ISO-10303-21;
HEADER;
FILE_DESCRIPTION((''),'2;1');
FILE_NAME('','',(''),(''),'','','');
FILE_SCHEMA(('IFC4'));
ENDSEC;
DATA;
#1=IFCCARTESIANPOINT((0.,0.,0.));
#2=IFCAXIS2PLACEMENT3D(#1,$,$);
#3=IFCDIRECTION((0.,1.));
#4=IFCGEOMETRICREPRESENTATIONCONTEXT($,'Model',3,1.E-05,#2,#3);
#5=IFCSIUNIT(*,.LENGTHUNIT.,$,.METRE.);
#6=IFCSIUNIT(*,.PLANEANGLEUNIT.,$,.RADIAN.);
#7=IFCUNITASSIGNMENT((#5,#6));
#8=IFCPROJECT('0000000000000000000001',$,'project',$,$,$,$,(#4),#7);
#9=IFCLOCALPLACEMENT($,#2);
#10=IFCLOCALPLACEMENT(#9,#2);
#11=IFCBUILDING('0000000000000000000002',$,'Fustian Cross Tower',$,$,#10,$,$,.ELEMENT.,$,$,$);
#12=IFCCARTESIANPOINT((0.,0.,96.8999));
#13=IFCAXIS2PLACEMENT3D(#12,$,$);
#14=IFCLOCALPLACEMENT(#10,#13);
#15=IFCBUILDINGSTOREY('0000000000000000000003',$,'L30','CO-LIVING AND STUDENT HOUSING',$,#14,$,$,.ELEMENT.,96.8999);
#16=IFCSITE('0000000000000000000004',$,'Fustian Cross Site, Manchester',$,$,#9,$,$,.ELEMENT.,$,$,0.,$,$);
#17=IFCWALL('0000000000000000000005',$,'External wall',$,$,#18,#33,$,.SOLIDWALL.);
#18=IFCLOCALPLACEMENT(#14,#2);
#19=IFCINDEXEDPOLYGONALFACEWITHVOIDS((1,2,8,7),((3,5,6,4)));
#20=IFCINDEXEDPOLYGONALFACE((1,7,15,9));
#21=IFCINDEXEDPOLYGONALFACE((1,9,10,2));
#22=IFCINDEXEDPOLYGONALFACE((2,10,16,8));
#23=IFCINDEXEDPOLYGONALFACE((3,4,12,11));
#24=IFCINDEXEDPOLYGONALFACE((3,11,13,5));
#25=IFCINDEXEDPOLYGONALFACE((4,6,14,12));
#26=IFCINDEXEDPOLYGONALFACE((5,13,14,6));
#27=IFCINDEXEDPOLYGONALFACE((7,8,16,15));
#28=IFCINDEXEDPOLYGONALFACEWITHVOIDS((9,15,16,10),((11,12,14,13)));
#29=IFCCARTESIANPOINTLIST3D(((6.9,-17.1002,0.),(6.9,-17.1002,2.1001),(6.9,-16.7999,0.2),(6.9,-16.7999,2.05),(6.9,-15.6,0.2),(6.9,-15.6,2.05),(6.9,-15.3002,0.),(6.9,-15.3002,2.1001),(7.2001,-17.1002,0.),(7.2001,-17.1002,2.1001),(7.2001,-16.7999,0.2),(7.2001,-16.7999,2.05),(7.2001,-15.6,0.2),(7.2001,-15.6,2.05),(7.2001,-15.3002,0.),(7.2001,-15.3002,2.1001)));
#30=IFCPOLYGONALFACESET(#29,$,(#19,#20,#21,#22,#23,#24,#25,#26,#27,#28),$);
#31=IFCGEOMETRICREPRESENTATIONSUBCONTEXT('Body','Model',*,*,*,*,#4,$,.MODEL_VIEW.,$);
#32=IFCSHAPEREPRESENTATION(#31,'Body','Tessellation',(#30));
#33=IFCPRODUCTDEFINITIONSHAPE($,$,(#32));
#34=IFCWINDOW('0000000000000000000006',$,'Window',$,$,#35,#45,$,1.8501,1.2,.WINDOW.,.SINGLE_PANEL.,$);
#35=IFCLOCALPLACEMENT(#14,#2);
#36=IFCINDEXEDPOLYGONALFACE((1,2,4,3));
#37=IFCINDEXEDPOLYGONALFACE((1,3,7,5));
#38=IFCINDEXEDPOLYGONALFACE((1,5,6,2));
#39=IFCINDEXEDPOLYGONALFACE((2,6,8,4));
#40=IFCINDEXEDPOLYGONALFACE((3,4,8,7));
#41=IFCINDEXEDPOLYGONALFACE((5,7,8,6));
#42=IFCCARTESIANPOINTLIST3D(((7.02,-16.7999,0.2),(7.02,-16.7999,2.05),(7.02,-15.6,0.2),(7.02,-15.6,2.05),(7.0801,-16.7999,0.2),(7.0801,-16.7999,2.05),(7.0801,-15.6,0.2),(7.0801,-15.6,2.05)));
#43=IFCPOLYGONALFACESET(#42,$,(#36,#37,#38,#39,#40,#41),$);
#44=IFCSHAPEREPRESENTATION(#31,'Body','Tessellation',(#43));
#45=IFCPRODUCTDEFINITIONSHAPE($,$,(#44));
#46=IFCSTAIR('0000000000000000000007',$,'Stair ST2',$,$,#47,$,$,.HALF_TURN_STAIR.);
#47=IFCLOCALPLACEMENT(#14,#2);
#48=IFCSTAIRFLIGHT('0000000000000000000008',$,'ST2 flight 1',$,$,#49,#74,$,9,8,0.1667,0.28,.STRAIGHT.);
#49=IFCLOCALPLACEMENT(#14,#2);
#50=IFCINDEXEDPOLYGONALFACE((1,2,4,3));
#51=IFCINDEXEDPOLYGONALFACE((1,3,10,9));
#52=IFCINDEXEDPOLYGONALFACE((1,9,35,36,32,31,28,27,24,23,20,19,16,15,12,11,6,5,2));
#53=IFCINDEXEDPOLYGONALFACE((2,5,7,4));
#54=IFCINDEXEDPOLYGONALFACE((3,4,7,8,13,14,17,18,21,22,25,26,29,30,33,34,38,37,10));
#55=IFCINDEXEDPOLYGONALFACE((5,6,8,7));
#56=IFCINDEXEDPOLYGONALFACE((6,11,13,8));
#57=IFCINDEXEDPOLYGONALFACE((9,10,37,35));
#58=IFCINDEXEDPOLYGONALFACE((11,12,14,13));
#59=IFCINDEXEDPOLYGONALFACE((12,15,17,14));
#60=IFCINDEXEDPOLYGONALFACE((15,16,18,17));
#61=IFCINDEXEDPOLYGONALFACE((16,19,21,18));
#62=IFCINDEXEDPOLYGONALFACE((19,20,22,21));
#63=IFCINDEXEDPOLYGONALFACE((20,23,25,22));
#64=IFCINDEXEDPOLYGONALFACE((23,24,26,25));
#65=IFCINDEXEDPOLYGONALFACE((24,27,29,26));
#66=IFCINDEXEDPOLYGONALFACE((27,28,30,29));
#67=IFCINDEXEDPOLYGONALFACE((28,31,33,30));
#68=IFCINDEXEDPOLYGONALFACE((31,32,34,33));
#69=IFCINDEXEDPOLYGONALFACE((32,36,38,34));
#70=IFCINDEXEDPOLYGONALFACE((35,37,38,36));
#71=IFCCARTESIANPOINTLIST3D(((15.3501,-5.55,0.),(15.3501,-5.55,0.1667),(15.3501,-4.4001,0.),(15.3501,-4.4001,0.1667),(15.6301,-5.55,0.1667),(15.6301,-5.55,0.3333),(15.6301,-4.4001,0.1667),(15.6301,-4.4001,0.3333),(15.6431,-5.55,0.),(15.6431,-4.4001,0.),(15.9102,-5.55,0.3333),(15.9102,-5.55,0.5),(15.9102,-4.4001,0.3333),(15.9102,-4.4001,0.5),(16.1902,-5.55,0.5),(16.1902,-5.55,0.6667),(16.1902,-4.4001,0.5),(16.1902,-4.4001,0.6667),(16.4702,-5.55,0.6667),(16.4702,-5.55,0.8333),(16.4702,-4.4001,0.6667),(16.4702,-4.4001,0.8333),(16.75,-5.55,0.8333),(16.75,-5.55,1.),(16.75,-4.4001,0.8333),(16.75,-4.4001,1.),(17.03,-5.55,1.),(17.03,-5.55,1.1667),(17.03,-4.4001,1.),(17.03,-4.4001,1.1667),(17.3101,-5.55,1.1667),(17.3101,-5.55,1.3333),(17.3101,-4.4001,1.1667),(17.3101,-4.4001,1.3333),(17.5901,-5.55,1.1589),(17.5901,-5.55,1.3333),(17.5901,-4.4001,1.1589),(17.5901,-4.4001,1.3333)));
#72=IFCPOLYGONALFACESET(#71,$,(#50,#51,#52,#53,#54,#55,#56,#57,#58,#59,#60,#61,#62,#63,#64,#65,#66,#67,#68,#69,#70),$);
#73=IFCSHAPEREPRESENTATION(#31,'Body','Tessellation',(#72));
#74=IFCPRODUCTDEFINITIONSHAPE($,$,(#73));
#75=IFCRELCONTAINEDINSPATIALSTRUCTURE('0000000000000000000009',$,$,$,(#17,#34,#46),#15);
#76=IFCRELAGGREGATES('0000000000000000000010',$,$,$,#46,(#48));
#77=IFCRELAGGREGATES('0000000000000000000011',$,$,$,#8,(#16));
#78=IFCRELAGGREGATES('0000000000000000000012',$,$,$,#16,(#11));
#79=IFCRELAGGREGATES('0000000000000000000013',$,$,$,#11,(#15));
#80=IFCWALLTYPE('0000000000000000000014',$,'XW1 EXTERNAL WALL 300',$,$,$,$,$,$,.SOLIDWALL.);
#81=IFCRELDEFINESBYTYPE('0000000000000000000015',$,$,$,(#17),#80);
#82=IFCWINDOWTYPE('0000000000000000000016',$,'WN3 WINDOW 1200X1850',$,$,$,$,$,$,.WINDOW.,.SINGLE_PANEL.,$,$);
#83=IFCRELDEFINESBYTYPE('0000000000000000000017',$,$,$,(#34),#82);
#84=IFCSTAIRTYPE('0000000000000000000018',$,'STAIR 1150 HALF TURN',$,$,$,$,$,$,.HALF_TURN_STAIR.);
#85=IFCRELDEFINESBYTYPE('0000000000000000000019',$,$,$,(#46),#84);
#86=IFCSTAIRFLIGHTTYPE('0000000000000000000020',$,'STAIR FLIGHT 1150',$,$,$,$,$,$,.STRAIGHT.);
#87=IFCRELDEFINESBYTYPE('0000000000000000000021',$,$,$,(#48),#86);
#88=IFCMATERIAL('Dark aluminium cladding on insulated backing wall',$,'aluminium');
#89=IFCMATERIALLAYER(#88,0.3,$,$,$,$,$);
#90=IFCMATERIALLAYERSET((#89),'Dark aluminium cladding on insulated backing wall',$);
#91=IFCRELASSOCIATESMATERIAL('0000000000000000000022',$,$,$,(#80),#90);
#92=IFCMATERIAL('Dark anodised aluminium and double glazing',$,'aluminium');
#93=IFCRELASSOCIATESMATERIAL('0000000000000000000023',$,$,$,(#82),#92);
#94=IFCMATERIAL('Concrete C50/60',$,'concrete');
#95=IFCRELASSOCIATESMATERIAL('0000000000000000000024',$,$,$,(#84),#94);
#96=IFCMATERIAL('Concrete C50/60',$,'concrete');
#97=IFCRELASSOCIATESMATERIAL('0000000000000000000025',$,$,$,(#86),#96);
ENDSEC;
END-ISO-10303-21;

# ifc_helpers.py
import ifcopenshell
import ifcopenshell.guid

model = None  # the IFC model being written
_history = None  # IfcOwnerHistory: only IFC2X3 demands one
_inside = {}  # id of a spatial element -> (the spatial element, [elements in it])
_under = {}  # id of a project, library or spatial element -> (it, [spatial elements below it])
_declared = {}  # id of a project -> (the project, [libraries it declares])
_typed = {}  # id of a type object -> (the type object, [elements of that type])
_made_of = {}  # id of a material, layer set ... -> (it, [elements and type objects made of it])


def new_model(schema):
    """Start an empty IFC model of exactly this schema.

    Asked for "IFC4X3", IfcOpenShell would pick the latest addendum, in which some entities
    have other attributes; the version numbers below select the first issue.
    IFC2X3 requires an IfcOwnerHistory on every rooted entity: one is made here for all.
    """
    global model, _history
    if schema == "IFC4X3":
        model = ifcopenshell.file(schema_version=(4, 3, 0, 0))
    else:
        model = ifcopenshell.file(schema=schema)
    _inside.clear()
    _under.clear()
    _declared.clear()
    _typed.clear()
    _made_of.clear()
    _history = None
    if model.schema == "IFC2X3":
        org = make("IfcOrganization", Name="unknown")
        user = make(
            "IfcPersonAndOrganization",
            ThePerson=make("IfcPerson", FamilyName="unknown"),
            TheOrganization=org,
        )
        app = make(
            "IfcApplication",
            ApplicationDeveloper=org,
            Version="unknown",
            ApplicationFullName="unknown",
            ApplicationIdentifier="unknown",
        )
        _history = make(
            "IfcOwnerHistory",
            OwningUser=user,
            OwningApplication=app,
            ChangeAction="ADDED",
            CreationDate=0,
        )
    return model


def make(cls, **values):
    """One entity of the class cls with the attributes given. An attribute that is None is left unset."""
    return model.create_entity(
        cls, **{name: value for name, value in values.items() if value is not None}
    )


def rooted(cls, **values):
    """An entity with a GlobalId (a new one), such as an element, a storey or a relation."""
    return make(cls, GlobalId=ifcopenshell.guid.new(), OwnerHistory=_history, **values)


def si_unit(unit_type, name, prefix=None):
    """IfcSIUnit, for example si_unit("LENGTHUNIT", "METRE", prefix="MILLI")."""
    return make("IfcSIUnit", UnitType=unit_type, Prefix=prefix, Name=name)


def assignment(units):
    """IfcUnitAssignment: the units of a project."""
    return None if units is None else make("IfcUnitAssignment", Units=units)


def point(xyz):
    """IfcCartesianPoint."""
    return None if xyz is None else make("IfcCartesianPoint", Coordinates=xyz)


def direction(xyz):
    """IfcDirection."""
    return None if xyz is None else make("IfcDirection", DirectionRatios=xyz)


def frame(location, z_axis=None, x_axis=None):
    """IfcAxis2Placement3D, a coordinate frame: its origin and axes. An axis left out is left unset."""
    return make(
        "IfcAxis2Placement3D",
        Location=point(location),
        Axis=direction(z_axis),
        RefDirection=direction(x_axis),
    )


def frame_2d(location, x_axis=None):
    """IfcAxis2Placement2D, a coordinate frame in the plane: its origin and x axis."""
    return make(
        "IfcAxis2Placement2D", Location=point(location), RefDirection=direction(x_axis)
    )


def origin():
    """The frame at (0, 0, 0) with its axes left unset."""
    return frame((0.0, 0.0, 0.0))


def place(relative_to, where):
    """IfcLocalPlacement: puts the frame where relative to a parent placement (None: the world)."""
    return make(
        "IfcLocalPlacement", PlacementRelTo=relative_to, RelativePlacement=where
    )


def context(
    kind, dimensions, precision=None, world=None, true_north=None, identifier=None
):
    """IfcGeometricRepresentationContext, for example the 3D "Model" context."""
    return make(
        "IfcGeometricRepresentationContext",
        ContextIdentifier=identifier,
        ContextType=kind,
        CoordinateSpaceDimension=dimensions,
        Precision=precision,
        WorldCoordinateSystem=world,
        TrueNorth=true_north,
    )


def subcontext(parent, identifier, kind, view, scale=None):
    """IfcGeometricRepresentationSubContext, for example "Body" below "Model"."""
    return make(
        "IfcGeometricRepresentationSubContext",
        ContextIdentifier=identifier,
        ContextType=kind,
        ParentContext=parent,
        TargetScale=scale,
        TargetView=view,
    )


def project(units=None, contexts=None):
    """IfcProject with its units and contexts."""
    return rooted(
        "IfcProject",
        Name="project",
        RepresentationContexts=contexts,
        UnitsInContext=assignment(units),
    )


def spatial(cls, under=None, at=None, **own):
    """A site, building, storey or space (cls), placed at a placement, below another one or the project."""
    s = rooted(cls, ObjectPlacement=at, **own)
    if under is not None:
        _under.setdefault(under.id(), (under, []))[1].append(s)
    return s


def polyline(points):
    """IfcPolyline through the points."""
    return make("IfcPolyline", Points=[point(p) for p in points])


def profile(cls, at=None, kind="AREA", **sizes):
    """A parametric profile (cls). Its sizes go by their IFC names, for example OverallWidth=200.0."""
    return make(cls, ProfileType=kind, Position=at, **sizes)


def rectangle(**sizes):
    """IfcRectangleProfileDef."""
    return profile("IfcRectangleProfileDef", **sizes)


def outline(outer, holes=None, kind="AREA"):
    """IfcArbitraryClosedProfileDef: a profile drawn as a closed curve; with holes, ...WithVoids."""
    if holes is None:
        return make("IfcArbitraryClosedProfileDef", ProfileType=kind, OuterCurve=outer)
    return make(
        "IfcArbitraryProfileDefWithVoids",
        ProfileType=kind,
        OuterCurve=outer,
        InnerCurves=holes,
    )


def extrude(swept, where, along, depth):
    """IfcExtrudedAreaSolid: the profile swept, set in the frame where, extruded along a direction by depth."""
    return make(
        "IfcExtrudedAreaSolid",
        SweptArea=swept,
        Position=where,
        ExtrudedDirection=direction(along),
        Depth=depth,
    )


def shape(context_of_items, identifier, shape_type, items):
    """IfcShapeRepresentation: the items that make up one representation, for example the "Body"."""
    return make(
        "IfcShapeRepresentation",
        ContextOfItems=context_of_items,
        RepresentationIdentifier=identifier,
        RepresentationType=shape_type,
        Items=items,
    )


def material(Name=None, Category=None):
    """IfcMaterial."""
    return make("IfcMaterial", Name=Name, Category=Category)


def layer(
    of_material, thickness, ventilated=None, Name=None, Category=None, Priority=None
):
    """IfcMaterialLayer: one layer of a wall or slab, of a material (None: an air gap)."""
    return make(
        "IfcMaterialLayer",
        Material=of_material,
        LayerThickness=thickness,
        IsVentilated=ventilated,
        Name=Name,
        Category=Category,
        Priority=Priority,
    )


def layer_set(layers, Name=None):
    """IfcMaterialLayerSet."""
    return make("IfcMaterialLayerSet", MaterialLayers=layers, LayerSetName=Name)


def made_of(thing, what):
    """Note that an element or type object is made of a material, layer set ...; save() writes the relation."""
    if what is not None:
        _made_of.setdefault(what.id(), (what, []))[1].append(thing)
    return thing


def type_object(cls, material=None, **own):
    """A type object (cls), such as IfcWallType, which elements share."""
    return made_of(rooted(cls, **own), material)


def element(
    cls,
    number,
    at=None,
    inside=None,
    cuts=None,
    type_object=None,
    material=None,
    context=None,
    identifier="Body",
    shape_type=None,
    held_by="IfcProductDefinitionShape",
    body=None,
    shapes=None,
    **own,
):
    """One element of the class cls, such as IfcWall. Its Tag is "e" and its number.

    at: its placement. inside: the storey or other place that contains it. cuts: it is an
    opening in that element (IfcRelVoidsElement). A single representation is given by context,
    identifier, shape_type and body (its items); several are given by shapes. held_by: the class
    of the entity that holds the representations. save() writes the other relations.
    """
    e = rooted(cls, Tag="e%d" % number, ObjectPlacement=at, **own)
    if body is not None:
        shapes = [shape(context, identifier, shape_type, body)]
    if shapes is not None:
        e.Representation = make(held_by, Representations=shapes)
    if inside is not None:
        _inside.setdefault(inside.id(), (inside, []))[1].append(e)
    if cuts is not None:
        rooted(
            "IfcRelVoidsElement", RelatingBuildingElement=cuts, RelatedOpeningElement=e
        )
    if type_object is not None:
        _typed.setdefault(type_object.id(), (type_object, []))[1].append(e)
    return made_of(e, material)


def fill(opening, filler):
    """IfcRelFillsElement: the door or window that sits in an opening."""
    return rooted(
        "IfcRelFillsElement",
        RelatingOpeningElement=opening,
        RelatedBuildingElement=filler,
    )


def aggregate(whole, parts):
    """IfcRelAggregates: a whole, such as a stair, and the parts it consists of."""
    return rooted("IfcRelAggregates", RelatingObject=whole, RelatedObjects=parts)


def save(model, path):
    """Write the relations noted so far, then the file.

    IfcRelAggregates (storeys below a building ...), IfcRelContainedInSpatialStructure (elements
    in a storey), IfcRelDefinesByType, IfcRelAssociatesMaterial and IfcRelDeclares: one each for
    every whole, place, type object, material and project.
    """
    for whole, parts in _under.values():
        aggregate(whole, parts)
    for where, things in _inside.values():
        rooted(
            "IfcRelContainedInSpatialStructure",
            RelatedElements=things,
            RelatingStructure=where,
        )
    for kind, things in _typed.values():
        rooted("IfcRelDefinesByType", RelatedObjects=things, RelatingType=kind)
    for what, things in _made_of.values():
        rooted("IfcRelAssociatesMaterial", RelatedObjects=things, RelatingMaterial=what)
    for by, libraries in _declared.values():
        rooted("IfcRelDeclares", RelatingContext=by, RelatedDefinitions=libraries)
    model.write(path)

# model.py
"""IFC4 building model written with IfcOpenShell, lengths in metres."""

from ifc_helpers import new_model, si_unit, direction, frame, frame_2d, origin, place, context, subcontext, project, spatial, polyline, rectangle, outline, extrude, material, layer, layer_set, type_object, element, fill, aggregate, save


model = new_model("IFC4")

# Units and contexts
model_context = context("Model", 3, precision=1e-05, world=origin(), true_north=direction((0.0, 1.0)))
body_context = subcontext(model_context, "Body", "Model", "MODEL_VIEW")
ifc_project = project(units=[si_unit("LENGTHUNIT", "METRE"), si_unit("PLANEANGLEUNIT", "RADIAN")], contexts=[model_context])

# Site, building, storey
site_placement = place(None, origin())
site = spatial("IfcSite", under=ifc_project, at=site_placement, Name="Fustian Cross Site, Manchester", CompositionType="ELEMENT", RefElevation=0.0)
building_placement = place(site_placement, origin())
building = spatial("IfcBuilding", under=site, at=building_placement, Name="Fustian Cross Tower", CompositionType="ELEMENT")
storey_placement = place(building_placement, frame((0.0, 0.0, 96.8999)))
storey = spatial("IfcBuildingStorey", under=building, at=storey_placement, Name="L30", Description="CO-LIVING AND STUDENT HOUSING", CompositionType="ELEMENT", Elevation=96.8999)

# Shared definitions
ifc_material_1 = material(Name="Dark aluminium cladding on insulated backing wall", Category="aluminium")
ifc_layer_1 = layer(ifc_material_1, 0.3)
ifc_layer_set_1 = layer_set([ifc_layer_1], Name="Dark aluminium cladding on insulated backing wall")
wall_type_1 = type_object("IfcWallType", Name="XW1 EXTERNAL WALL 300", PredefinedType="SOLIDWALL", material=ifc_layer_set_1)
ifc_material_2 = material(Name="Dark anodised aluminium and double glazing", Category="aluminium")
window_type_1 = type_object("IfcWindowType", Name="WN3 WINDOW 1200X1850", PartitioningType="SINGLE_PANEL", PredefinedType="WINDOW", material=ifc_material_2)

# Wall, opening, window
wall_1_placement = place(storey_placement, frame((7.05, -17.1001, 0.0), z_axis=(0.0, 0.0, 1.0), x_axis=(0.0, 1.0, 0.0)))
wall_1 = element("IfcWall", 1, at=wall_1_placement, inside=storey, type_object=wall_type_1, Name="External wall", PredefinedType="SOLIDWALL", context=body_context, shape_type="SweptSolid", body=[
    extrude(rectangle(XDim=1.8, YDim=0.3, at=frame_2d((0.8999, 0.0))), origin(), (0.0, 0.0, 1.0), 2.1001),
])
opening_1_placement = place(wall_1_placement, frame((0.3, 0.0, 0.2)))
opening_1 = element("IfcOpeningElement", 2, at=opening_1_placement, cuts=wall_1, PredefinedType="OPENING", context=body_context, shape_type="SweptSolid", body=[
    extrude(rectangle(XDim=1.2, YDim=1.8501, at=frame_2d((0.6001, 0.925))), frame((0.0, 0.1599, 0.0), z_axis=(0.0, -1.0, 0.0), x_axis=(1.0, 0.0, 0.0)), (0.0, 0.0, 1.0), 0.3201),
])
window_1_placement = place(opening_1_placement, origin())
window_1 = element("IfcWindow", 3, at=window_1_placement, inside=storey, type_object=window_type_1, Name="Window", OverallHeight=1.8501, OverallWidth=1.2, PartitioningType="SINGLE_PANEL", PredefinedType="WINDOW", context=body_context, shape_type="SweptSolid", body=[
    extrude(rectangle(XDim=1.2, YDim=1.8501, at=frame_2d((0.6001, 0.925))), frame((0.0, 0.03, 0.0), z_axis=(0.0, -1.0, 0.0), x_axis=(1.0, 0.0, 0.0)), (0.0, 0.0, 1.0), 0.0601),
])
fill(opening_1, window_1)

# Stair, stair flight
ifc_material_3 = material(Name="Concrete C50/60", Category="concrete")
stair_type = type_object("IfcStairType", Name="STAIR 1150 HALF TURN", PredefinedType="HALF_TURN_STAIR", material=ifc_material_3)
stair_placement = place(storey_placement, origin())
stair = element("IfcStair", 4, at=stair_placement, inside=storey, type_object=stair_type, Name="Stair ST2", PredefinedType="HALF_TURN_STAIR")
ifc_material_4 = material(Name="Concrete C50/60", Category="concrete")
stair_flight_type = type_object("IfcStairFlightType", Name="STAIR FLIGHT 1150", PredefinedType="STRAIGHT", material=ifc_material_4)
stair_flight_placement = place(storey_placement, frame((15.3501, -4.9751, 0.0), z_axis=(0.0, 0.0, 1.0), x_axis=(1.0, 0.0, 0.0)))
stair_flight = element("IfcStairFlight", 5, at=stair_flight_placement, type_object=stair_flight_type, Name="ST2 flight 1", NumberOfRisers=9, NumberOfTreads=8, PredefinedType="STRAIGHT", RiserHeight=0.1667, TreadLength=0.28, context=body_context, shape_type="SweptSolid", body=[
    extrude(outline(polyline([(0.0, 0.0), (0.0, 0.1667), (0.28, 0.1667), (0.28, 0.3333), (0.5601, 0.3333), (0.5601, 0.5), (0.8401, 0.5), (0.8401, 0.6667), (1.1201, 0.6667), (1.1201, 0.8333), (1.3999, 0.8333), (1.3999, 1.0), (1.6799, 1.0), (1.6799, 1.1667), (1.96, 1.1667), (1.96, 1.3333), (2.24, 1.3333), (2.24, 1.5), (2.24, 1.1589), (0.293, 0.0), (0.0, 0.0)])), frame((0.0, 0.575, 0.0), z_axis=(0.0, -1.0, 0.0), x_axis=(1.0, 0.0, 0.0)), (0.0, 0.0, 1.0), 1.1499),
])
aggregate(stair, [stair_flight])

save(model, "model.ifc")
